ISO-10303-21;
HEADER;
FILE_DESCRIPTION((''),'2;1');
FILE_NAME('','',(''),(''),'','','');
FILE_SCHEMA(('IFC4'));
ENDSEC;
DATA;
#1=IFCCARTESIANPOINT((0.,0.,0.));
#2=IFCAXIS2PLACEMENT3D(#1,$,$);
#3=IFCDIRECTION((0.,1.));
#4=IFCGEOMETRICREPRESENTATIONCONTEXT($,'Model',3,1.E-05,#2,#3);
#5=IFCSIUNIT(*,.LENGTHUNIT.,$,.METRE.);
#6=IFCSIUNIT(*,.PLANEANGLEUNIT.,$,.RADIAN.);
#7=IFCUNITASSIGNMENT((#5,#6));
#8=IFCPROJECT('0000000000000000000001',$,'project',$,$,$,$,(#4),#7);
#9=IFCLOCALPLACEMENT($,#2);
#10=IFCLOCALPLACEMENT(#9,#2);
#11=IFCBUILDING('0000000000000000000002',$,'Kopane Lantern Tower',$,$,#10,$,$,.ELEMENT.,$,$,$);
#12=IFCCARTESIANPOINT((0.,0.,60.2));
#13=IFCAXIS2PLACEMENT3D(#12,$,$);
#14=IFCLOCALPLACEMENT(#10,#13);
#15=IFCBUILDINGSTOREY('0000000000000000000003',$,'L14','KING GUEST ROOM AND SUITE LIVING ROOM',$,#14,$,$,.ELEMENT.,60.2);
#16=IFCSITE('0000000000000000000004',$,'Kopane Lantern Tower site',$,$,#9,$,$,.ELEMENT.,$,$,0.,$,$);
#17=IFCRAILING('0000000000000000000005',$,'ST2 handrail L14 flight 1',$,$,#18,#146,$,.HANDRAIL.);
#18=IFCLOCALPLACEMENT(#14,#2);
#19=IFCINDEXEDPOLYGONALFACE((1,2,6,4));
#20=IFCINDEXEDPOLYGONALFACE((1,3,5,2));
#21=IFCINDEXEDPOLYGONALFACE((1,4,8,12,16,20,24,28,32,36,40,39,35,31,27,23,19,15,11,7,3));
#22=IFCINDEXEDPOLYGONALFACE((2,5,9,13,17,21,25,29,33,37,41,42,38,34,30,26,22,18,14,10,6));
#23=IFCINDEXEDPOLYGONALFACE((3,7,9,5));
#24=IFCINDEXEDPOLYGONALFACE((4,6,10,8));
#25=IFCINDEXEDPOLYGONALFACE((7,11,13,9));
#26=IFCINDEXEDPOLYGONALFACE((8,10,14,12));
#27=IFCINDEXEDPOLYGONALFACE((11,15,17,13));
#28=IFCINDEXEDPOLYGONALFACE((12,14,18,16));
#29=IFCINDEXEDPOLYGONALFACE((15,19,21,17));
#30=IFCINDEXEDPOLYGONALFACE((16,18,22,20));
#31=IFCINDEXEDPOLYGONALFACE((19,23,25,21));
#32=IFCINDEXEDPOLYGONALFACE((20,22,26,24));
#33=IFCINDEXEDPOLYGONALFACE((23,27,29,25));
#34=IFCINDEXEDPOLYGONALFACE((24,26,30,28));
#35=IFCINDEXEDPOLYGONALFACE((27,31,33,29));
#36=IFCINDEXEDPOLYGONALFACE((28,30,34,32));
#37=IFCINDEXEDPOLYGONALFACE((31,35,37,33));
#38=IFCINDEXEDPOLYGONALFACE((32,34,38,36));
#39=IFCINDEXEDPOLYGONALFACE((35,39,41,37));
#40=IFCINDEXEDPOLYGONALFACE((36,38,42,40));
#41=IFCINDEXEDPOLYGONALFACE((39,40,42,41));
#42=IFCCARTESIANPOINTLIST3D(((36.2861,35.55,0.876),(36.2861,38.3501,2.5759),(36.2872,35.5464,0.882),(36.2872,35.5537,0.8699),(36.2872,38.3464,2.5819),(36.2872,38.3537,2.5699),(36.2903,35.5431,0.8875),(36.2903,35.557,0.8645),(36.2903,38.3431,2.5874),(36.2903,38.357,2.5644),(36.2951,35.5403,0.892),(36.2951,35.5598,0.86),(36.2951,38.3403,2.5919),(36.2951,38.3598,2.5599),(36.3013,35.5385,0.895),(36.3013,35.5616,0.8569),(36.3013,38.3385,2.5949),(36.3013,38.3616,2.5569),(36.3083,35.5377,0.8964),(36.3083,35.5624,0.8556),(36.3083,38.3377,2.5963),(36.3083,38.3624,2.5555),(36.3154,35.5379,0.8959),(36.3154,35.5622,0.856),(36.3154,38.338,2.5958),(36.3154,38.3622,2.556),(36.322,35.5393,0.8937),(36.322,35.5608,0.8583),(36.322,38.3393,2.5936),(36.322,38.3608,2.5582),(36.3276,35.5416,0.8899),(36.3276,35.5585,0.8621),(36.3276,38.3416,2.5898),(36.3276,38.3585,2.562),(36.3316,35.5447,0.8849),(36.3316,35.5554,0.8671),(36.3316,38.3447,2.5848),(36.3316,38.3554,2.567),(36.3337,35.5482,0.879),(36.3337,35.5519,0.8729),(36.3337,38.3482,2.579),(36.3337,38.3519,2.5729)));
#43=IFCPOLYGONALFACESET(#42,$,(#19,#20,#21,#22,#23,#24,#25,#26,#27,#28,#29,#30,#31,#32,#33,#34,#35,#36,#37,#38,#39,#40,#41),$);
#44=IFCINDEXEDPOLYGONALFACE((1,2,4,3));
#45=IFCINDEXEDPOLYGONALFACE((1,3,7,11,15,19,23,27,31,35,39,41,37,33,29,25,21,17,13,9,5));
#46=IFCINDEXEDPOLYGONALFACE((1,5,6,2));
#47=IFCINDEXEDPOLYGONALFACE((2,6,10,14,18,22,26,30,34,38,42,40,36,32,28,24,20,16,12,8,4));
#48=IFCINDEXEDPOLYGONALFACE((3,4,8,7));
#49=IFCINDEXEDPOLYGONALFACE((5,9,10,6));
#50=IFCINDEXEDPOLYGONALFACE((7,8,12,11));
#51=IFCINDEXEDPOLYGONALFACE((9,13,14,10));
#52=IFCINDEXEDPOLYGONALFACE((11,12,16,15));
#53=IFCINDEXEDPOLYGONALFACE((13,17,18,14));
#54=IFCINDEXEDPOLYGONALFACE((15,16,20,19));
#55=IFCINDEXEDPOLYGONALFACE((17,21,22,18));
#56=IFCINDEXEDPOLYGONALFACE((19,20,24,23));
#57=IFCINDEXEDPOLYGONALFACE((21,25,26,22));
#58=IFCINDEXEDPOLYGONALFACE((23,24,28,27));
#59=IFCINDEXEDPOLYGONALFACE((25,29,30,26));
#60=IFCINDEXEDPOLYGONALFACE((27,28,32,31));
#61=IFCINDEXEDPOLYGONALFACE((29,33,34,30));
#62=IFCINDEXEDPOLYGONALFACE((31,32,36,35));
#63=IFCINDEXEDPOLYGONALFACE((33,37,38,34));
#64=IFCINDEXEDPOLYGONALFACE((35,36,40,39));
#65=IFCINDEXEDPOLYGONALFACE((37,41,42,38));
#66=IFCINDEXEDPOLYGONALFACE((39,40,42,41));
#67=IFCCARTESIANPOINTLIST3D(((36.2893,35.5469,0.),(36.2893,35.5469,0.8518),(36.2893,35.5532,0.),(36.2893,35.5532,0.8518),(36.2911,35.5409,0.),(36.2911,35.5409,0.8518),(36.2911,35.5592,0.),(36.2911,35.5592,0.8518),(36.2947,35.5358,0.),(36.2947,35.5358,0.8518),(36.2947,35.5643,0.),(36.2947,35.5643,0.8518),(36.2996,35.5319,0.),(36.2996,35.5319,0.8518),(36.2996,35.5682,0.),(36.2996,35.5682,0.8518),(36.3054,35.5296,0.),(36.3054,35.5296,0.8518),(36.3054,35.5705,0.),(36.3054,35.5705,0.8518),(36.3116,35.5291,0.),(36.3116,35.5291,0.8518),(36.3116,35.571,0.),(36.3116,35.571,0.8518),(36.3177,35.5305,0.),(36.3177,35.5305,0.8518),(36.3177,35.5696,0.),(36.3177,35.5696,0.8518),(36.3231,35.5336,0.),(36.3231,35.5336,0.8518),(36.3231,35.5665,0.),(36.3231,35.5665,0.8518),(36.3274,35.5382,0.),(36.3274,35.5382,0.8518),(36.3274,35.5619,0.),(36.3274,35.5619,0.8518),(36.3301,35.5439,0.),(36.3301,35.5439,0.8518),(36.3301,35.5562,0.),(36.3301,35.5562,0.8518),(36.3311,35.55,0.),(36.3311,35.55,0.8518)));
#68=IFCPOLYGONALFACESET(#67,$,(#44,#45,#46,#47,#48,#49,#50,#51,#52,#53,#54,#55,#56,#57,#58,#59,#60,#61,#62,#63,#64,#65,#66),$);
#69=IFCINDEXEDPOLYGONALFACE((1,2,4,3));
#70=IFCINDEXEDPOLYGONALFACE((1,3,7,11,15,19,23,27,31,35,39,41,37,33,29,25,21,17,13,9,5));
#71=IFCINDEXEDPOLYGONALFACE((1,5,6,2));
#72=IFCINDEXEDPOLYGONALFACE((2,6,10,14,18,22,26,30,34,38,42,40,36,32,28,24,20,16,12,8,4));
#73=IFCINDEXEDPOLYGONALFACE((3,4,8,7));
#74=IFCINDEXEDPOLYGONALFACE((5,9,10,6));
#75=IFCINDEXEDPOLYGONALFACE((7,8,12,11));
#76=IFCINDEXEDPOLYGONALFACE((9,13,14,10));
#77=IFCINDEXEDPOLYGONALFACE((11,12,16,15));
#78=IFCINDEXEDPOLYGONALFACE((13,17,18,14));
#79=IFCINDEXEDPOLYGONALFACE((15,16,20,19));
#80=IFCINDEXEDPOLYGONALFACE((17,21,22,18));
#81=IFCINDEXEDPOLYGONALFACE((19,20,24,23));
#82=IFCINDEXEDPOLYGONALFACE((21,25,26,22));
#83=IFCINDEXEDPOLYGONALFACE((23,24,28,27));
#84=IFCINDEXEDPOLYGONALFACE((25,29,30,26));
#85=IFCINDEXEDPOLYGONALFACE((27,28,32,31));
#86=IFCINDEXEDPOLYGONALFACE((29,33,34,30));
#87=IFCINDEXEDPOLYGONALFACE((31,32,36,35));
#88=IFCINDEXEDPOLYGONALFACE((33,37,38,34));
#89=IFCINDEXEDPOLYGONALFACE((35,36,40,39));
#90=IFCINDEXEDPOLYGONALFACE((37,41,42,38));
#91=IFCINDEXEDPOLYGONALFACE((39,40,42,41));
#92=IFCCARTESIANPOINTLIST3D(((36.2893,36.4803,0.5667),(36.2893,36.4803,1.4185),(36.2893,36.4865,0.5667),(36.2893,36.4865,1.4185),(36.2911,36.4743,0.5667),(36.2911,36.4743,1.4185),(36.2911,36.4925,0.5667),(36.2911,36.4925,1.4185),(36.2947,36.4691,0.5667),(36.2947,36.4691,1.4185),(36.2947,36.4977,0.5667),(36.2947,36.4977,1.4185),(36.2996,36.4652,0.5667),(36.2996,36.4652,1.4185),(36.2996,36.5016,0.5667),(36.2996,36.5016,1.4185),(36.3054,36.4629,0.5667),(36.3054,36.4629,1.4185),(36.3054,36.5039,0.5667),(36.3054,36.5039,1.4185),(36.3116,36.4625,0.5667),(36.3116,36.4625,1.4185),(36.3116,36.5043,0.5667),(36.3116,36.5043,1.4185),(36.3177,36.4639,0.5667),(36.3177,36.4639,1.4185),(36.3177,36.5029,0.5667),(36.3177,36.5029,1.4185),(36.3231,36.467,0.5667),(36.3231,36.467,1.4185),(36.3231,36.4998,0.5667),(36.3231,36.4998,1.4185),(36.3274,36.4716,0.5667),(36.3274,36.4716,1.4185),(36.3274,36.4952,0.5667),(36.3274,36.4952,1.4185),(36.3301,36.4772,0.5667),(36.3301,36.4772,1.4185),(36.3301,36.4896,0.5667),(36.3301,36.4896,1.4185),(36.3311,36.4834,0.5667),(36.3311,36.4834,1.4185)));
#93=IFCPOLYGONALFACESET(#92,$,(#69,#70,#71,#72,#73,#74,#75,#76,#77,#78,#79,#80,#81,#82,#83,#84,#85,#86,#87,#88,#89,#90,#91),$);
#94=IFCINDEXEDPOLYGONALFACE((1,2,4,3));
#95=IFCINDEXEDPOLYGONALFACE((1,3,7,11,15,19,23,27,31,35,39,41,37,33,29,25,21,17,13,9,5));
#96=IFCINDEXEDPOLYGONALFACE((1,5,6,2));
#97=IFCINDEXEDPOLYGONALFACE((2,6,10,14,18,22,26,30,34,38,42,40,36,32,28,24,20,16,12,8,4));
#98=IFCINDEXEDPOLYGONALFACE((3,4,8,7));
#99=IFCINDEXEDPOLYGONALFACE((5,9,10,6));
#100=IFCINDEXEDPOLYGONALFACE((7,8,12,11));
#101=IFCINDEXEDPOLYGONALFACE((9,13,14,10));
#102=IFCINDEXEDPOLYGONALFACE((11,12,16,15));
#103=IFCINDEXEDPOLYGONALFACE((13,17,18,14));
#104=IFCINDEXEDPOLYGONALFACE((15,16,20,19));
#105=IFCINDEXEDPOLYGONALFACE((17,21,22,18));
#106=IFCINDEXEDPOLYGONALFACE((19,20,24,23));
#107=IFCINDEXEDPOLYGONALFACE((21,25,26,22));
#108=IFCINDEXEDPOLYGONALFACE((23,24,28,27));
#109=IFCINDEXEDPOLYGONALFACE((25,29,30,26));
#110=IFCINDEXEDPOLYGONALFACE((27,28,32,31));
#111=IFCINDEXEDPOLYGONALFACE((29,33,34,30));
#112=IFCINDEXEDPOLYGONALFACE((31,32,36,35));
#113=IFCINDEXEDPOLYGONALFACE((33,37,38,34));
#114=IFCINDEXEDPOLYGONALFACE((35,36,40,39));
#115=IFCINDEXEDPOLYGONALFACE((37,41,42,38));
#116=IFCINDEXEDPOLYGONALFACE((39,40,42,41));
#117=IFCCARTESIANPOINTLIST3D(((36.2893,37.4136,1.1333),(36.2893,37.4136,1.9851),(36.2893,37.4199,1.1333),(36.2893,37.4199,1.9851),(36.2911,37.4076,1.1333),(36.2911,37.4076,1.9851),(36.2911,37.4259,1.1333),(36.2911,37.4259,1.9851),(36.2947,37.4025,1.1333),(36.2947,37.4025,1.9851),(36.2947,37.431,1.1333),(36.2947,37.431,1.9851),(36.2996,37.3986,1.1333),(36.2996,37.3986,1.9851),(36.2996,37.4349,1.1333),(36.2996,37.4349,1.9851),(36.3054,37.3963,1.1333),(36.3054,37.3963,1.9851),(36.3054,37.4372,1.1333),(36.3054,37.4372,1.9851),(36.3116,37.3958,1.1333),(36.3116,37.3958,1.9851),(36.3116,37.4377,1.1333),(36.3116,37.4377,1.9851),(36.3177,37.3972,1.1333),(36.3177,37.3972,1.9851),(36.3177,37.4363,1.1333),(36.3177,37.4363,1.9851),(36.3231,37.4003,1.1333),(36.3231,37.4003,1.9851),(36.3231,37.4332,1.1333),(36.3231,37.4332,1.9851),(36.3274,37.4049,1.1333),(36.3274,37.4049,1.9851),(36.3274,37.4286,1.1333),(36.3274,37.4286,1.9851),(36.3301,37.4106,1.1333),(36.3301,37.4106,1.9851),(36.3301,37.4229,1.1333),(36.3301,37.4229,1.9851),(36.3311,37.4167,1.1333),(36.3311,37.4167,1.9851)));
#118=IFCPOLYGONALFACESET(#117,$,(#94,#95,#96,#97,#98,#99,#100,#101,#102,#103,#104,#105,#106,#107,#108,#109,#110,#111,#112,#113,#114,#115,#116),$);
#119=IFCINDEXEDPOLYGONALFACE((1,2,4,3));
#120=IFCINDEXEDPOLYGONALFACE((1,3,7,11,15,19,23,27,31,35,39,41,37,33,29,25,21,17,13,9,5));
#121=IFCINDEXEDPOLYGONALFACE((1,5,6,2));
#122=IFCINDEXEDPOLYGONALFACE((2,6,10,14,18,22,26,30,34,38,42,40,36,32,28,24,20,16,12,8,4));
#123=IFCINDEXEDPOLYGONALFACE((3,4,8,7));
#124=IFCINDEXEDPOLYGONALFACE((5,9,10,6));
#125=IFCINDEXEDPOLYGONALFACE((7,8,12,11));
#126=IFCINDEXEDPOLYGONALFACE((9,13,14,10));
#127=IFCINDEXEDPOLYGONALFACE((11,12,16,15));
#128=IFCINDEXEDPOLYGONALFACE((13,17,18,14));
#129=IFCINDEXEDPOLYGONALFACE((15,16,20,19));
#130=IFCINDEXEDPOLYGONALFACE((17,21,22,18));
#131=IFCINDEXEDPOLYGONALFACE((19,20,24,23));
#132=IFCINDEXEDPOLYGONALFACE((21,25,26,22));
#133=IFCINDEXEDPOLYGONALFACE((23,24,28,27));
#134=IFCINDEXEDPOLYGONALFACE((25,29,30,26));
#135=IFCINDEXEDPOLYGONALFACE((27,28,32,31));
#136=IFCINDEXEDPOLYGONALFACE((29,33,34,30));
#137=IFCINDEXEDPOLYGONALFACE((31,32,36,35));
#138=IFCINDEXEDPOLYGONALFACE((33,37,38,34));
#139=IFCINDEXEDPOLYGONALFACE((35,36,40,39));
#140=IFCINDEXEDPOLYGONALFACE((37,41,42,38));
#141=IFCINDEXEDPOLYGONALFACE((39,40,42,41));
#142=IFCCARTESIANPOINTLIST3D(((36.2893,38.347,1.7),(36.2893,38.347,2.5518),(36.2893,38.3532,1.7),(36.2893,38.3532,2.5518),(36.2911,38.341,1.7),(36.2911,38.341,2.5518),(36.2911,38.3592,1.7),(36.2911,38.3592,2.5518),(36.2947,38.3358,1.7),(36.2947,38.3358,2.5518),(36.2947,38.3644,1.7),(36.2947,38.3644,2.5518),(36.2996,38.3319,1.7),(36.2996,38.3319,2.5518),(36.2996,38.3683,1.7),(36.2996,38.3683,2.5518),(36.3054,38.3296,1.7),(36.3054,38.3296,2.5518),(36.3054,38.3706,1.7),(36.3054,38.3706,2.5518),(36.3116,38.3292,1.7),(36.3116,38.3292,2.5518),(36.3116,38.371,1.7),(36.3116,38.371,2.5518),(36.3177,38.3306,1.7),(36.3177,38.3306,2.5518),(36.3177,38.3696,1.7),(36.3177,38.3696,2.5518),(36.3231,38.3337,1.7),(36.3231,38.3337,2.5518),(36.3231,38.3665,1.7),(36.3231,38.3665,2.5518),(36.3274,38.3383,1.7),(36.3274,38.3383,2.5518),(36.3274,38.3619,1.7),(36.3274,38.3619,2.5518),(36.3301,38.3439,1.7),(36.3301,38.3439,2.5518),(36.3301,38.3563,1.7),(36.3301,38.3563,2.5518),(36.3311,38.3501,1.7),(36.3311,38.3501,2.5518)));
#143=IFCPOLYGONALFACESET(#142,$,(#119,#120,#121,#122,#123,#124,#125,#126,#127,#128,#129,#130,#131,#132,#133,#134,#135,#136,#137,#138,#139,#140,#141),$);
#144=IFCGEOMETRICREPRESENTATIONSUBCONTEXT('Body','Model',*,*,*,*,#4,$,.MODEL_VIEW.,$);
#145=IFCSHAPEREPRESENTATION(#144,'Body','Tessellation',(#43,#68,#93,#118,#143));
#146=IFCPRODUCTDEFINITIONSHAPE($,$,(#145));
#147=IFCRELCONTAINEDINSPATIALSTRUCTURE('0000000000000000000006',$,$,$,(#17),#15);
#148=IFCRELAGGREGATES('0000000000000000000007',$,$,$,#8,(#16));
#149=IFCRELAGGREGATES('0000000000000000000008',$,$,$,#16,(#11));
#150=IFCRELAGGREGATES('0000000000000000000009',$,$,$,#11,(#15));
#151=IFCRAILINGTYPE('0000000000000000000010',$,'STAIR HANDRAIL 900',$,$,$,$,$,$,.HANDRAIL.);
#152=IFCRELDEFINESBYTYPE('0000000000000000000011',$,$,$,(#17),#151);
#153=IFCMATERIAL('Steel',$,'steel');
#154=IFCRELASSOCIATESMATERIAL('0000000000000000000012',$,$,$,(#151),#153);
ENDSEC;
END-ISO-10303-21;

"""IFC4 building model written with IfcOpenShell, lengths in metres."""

from ifc_helpers import new_model, si_unit, direction, frame, origin, origin_2d, place, context, subcontext, project, spatial, circle, extrude, material, type_object, element, save


model = new_model("IFC4")

# Units and contexts
model_context = context("Model", 3, precision=1e-05, world=origin(), true_north=direction((0.0, 1.0)))
body_context = subcontext(model_context, "Body", "Model", "MODEL_VIEW")
ifc_project = project(units=[si_unit("LENGTHUNIT", "METRE"), si_unit("PLANEANGLEUNIT", "RADIAN")], contexts=[model_context])

# Site, building, storey
site_placement = place(None, origin())
site = spatial("IfcSite", under=ifc_project, at=site_placement, Name="Kopane Lantern Tower site", CompositionType="ELEMENT", RefElevation=0.0)
building_placement = place(site_placement, origin())
building = spatial("IfcBuilding", under=site, at=building_placement, Name="Kopane Lantern Tower", CompositionType="ELEMENT")
storey_placement = place(building_placement, frame((0.0, 0.0, 60.2)))
storey = spatial("IfcBuildingStorey", under=building, at=storey_placement, Name="L14", Description="KING GUEST ROOM AND SUITE LIVING ROOM", CompositionType="ELEMENT", Elevation=60.2)

# Railing
ifc_material_1 = material(Name="Steel", Category="steel")
railing_type_1 = type_object("IfcRailingType", Name="STAIR HANDRAIL 900", PredefinedType="HANDRAIL", material=ifc_material_1)
for number, where, name in (
    (1, (36.3101, 35.55, 0.0), "ST2 handrail L14 flight 1"),
):
    element("IfcRailing", number, at=place(storey_placement, frame(where)), inside=storey, type_object=railing_type_1, Name=name, PredefinedType="HANDRAIL", context=body_context, shape_type="SweptSolid", body=[
        extrude(circle(Radius=0.0239, at=origin_2d()), frame((0.0, 0.0, 0.876), z_axis=(0.0, 0.854798, 0.518961), x_axis=(-1.0, 0.0, 0.0)), (0.0, 0.0, 1.0), 3.2756),
        extrude(circle(Radius=0.021, at=origin_2d()), origin(), (0.0, 0.0, 1.0), 0.8518),
        extrude(circle(Radius=0.021, at=origin_2d()), frame((0.0, 0.9333, 0.5667)), (0.0, 0.0, 1.0), 0.8518),
        extrude(circle(Radius=0.021, at=origin_2d()), frame((0.0, 1.8667, 1.1333)), (0.0, 0.0, 1.0), 0.8518),
        extrude(circle(Radius=0.021, at=origin_2d()), frame((0.0, 2.8, 1.7)), (0.0, 0.0, 1.0), 0.8518),
    ])

save(model, "model.ifc")
